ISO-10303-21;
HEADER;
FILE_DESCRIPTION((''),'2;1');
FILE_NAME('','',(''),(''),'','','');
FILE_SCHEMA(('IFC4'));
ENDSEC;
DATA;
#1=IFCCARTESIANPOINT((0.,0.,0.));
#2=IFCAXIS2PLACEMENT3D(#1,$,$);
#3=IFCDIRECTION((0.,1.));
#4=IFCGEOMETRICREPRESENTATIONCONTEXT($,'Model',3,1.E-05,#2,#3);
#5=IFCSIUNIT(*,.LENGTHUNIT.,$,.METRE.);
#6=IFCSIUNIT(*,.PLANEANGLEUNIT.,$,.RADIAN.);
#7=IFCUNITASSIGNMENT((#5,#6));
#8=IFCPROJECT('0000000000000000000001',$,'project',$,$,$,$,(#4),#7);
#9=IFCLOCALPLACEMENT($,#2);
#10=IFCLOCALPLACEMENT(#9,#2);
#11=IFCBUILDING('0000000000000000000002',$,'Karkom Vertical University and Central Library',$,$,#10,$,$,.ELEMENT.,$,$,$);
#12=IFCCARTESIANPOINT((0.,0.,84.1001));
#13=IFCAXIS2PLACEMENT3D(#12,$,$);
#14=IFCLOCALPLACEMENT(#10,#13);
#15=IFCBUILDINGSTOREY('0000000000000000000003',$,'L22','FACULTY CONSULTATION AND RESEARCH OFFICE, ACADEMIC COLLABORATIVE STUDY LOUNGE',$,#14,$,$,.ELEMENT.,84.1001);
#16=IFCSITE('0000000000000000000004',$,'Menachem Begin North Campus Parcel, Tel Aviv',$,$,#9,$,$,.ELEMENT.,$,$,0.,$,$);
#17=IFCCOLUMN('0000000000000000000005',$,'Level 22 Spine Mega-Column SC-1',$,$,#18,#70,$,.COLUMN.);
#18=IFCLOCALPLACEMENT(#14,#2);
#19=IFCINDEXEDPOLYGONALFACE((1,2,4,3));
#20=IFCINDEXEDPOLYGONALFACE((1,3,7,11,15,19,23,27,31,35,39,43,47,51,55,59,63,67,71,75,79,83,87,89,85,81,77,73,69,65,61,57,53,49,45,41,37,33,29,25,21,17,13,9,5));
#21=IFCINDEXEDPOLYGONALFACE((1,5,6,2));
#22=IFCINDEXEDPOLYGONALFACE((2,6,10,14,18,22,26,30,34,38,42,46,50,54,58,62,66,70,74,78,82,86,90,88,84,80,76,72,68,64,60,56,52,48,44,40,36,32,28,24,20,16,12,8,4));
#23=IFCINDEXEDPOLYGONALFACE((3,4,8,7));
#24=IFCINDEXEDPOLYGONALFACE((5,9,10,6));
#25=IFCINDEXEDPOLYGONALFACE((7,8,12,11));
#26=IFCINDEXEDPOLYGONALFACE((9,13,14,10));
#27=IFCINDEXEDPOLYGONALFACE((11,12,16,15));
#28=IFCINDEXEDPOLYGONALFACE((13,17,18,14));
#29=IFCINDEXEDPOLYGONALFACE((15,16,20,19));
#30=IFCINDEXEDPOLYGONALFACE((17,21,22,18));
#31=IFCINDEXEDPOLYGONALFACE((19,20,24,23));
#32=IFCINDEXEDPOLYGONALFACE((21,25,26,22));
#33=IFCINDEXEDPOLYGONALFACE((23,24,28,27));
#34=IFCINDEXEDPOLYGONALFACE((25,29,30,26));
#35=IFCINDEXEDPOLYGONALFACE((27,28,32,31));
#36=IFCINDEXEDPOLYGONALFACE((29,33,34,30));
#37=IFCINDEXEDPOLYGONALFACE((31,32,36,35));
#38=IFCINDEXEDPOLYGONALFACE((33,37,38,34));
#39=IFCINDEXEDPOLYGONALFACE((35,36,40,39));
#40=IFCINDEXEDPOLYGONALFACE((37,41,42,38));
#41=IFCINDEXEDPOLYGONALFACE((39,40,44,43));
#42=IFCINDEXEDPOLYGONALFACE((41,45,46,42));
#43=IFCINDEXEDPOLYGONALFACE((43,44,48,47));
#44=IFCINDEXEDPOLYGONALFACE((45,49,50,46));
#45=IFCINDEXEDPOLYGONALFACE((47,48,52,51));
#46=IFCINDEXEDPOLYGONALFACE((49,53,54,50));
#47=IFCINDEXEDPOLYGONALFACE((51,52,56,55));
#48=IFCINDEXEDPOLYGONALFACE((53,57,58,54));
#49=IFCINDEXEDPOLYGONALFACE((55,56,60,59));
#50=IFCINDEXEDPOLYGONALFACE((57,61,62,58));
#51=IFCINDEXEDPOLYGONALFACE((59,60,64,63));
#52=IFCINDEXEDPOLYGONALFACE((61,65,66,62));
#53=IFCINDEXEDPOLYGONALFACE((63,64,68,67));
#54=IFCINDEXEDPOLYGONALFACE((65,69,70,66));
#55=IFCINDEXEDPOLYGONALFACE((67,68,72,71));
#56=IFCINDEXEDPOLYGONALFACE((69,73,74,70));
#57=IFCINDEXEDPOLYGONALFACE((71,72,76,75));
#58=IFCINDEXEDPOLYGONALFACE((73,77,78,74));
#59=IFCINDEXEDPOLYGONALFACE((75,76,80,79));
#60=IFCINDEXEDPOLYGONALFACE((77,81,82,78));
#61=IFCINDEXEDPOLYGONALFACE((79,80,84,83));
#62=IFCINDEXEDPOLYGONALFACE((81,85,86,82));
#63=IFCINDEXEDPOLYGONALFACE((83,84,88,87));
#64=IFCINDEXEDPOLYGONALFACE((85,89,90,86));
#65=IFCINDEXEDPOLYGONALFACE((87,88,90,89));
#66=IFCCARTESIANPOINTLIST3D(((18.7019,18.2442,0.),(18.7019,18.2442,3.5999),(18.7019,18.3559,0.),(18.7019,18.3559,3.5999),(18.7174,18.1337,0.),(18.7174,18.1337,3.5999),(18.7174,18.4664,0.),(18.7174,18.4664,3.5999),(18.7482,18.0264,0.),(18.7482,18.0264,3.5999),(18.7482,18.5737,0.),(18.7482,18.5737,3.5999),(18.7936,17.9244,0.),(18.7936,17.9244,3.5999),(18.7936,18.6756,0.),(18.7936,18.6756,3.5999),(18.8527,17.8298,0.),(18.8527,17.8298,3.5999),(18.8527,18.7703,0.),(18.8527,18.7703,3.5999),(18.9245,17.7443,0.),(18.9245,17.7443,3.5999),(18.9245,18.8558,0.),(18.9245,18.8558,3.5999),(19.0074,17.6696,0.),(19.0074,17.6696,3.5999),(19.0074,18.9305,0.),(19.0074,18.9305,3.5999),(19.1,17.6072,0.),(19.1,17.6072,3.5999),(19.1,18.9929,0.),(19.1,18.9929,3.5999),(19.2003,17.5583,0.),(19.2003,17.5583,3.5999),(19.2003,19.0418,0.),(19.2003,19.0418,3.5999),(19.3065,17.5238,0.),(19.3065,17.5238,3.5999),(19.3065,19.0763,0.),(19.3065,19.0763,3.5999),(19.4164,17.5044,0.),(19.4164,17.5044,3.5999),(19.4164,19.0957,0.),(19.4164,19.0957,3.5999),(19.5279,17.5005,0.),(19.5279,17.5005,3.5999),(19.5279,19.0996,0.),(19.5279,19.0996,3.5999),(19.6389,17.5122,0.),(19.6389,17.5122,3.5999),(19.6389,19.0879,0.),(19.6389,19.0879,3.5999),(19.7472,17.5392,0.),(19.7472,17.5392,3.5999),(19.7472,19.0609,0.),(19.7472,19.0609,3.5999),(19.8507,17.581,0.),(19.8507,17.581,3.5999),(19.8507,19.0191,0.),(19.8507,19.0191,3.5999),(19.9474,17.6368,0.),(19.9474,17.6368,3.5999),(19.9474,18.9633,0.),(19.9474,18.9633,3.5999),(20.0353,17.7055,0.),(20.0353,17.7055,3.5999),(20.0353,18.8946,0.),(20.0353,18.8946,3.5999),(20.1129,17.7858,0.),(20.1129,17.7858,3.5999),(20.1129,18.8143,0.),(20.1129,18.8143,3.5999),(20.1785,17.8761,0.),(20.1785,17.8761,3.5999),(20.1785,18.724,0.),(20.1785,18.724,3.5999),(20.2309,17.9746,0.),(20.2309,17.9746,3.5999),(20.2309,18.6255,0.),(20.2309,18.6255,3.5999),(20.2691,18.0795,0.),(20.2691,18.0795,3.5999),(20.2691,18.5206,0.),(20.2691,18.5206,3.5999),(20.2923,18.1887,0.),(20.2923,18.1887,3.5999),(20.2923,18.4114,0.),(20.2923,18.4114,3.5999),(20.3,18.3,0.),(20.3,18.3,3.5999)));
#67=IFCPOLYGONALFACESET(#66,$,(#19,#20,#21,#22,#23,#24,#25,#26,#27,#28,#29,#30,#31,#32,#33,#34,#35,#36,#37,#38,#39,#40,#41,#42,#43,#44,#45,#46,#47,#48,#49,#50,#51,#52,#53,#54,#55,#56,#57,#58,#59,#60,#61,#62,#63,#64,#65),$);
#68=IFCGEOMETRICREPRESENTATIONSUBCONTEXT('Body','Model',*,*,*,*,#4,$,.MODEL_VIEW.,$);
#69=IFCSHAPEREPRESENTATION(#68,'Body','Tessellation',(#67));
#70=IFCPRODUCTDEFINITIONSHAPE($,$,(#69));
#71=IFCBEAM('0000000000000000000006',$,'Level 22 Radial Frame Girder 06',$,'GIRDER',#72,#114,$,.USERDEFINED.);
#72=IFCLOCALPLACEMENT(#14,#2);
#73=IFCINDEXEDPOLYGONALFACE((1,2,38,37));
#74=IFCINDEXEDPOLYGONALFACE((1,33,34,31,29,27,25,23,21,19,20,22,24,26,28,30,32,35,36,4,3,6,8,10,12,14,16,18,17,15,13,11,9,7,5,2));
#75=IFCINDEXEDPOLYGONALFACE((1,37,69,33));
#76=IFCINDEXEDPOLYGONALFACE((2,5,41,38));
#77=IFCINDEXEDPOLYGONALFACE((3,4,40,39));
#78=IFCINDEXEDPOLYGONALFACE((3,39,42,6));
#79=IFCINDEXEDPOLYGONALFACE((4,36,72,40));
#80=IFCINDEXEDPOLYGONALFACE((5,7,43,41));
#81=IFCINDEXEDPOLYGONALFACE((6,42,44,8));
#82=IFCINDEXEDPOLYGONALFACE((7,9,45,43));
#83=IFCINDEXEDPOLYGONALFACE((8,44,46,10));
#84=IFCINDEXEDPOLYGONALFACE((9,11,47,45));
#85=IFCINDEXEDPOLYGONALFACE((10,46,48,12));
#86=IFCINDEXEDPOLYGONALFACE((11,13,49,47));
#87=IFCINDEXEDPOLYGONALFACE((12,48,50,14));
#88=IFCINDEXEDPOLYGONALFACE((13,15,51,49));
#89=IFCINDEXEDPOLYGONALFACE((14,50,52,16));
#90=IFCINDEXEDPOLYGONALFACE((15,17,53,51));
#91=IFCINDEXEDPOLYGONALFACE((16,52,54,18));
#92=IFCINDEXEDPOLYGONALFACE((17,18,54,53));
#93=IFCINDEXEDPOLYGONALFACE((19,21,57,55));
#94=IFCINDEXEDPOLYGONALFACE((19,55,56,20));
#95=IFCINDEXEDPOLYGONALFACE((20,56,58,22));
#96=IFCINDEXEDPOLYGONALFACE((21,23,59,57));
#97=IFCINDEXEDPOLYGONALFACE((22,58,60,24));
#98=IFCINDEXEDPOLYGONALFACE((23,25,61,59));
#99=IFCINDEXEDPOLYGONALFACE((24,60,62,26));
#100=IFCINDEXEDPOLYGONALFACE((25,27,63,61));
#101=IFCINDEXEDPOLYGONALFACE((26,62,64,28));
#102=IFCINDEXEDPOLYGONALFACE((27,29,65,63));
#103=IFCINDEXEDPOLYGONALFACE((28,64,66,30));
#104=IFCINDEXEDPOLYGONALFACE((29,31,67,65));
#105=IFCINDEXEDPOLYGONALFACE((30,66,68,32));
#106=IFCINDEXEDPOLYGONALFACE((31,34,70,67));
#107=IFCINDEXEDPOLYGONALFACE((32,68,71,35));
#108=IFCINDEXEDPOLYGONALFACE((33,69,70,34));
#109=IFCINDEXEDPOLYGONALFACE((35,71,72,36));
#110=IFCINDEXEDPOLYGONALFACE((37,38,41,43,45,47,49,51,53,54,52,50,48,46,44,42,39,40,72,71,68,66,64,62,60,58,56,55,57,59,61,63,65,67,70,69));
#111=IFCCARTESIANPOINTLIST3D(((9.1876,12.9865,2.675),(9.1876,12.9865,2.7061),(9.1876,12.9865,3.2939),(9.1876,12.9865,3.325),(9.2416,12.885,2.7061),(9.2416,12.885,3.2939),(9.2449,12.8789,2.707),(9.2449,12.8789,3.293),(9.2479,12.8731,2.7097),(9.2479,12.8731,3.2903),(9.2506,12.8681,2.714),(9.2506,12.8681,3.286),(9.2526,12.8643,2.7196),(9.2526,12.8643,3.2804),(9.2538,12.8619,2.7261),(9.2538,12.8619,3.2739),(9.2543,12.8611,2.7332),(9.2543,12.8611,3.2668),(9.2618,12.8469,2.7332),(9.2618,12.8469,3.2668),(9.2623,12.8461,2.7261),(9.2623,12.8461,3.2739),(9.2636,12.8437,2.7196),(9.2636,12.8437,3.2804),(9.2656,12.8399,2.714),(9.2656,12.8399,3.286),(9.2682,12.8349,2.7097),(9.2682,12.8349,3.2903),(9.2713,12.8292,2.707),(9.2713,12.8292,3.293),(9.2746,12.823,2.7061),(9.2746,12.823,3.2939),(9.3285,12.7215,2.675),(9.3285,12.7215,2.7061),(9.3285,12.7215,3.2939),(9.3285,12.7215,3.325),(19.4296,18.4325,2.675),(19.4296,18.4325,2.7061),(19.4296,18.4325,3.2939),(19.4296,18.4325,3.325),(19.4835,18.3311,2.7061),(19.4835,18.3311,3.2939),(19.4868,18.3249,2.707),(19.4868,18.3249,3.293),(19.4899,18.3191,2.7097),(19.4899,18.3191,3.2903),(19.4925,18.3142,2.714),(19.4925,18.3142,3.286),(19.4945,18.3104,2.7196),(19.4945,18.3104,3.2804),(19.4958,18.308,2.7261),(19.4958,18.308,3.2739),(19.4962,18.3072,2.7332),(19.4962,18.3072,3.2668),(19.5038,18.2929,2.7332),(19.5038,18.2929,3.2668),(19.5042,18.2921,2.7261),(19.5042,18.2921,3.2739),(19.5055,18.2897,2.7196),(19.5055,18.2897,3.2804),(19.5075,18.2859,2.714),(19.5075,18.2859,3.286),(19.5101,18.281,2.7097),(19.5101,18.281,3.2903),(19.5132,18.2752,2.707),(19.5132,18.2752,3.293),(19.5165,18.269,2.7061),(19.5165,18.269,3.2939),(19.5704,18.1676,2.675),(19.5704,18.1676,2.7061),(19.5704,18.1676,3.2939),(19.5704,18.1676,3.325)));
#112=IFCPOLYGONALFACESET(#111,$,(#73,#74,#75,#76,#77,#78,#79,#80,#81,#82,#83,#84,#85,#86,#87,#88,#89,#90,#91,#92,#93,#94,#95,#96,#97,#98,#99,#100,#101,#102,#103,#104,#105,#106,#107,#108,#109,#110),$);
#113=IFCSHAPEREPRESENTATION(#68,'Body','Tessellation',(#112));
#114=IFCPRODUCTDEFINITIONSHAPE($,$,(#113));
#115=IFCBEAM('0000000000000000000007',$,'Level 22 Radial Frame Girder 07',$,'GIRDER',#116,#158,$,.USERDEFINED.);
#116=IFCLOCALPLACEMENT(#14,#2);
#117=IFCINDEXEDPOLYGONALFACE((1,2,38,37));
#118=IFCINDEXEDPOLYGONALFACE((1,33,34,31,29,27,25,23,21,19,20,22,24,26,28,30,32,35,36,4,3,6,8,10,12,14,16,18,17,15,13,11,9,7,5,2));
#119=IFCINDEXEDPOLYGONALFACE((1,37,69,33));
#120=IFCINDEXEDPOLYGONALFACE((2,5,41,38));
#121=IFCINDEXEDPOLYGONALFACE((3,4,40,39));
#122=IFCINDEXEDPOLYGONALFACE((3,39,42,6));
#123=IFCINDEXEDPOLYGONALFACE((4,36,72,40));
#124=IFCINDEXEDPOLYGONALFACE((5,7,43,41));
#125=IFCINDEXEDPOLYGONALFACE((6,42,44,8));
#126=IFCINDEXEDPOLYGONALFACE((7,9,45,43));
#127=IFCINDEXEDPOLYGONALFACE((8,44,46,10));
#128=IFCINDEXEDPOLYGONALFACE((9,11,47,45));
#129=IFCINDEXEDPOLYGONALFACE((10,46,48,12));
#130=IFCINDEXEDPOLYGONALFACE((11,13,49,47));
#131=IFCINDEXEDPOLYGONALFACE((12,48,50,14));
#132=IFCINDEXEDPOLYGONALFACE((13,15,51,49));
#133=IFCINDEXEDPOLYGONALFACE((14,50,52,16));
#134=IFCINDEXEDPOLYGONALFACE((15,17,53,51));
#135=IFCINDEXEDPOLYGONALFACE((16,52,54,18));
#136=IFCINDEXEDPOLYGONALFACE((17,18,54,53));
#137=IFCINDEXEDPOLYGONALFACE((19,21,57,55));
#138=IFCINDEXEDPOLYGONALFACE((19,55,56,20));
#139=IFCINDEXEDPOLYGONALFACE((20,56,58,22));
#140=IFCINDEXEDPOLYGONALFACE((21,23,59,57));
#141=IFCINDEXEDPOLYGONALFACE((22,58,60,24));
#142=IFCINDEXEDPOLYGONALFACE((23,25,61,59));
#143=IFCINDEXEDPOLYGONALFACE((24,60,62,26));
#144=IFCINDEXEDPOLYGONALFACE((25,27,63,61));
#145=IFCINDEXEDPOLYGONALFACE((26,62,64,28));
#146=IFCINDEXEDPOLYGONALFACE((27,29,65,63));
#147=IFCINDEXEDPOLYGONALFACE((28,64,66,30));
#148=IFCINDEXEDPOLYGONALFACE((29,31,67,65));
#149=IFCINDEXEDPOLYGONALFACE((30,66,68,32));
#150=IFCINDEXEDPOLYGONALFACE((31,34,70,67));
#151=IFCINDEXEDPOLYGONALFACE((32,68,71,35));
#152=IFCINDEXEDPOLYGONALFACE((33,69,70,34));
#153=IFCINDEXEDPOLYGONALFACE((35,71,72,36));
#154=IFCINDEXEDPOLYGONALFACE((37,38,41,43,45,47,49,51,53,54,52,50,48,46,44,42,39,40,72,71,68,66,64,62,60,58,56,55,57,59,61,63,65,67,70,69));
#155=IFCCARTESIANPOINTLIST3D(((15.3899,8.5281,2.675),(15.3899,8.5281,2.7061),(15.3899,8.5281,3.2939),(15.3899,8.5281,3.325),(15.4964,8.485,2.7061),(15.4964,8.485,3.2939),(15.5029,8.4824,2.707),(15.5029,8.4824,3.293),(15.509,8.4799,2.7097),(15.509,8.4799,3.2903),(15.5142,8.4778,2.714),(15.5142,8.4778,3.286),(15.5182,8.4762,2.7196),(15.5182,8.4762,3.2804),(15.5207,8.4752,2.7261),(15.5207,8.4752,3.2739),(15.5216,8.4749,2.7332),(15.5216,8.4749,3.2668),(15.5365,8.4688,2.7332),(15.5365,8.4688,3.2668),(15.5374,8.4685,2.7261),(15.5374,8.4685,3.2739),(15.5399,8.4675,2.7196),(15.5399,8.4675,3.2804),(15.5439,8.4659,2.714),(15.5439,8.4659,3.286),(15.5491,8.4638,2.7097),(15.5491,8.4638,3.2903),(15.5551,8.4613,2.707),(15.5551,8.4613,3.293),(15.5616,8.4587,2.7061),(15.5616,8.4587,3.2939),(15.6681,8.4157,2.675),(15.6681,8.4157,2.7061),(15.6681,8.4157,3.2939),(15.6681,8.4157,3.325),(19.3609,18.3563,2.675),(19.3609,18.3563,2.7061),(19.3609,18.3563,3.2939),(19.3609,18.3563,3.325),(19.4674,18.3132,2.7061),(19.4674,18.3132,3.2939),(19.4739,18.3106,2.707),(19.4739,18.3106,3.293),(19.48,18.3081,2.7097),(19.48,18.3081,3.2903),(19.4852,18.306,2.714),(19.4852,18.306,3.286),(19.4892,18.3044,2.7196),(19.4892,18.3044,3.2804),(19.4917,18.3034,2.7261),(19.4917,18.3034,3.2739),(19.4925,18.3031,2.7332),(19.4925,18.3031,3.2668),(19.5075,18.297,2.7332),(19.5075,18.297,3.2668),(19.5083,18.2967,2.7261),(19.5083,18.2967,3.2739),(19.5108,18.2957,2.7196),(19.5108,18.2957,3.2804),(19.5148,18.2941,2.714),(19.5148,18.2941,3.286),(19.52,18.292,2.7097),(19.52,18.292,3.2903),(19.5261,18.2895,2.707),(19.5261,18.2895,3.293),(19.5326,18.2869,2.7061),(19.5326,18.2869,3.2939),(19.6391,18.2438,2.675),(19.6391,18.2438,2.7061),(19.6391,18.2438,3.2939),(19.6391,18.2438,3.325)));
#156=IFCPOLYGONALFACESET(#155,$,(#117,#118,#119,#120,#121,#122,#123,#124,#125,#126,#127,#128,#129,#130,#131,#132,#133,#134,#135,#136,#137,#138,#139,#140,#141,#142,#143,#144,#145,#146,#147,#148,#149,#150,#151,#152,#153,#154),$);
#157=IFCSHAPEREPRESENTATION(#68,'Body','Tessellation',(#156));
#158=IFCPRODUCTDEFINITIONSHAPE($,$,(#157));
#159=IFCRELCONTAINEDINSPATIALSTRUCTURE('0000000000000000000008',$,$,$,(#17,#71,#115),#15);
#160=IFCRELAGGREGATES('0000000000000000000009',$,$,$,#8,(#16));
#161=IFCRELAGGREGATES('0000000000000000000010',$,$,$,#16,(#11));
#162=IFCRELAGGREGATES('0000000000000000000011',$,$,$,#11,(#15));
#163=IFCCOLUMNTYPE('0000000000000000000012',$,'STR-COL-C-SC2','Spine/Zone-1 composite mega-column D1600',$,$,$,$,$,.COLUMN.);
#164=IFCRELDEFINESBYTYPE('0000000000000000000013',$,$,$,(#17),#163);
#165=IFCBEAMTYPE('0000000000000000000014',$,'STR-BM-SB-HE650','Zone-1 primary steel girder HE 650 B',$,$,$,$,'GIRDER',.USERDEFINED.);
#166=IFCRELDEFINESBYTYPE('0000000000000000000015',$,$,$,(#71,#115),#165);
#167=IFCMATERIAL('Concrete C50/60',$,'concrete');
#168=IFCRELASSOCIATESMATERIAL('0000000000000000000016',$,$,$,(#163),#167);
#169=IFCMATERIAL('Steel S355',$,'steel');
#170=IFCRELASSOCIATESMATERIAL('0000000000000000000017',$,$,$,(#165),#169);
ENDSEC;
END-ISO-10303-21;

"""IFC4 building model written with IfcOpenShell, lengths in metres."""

from ifc_helpers import new_model, si_unit, direction, frame, origin, origin_with_axes, origin_2d, place, context, subcontext, project, spatial, circle, i_section, extrude, source, transform, mapped, material, material_profile, profile_set, type_object, element, save


model = new_model("IFC4")

# Units and contexts
model_context = context("Model", 3, precision=1e-05, world=origin(), true_north=direction((0.0, 1.0)))
body_context = subcontext(model_context, "Body", "Model", "MODEL_VIEW")
ifc_project = project(units=[si_unit("LENGTHUNIT", "METRE"), si_unit("PLANEANGLEUNIT", "RADIAN")], contexts=[model_context])

# Site, building, storey
site_placement = place(None, origin())
site = spatial("IfcSite", under=ifc_project, at=site_placement, Name="Menachem Begin North Campus Parcel, Tel Aviv", CompositionType="ELEMENT", RefElevation=0.0)
building_placement = place(site_placement, origin())
building = spatial("IfcBuilding", under=site, at=building_placement, Name="Karkom Vertical University and Central Library", CompositionType="ELEMENT")
storey_placement = place(building_placement, frame((0.0, 0.0, 84.1001)))
storey = spatial("IfcBuildingStorey", under=building, at=storey_placement, Name="L22", Description="FACULTY CONSULTATION AND RESEARCH OFFICE, ACADEMIC COLLABORATIVE STUDY LOUNGE", CompositionType="ELEMENT", Elevation=84.1001)

# Column
ifc_material_1 = material(Name="Concrete C50/60", Category="concrete")
ifc_material_profile_1 = material_profile(ifc_material_1, circle(Radius=0.8, at=origin_2d()), Name="CFT-D1600")
ifc_profile_set_1 = profile_set([ifc_material_profile_1], Name="Concrete C50/60")
column_type = type_object("IfcColumnType", Name="STR-COL-C-SC2", Description="Spine/Zone-1 composite mega-column D1600", PredefinedType="COLUMN", material=ifc_profile_set_1)
shared_shape_1 = source(origin_with_axes(), body_context, "Body", "SweptSolid", [
    extrude(circle(Radius=0.8, at=origin_2d()), origin(), (0.0, 0.0, 1.0), 3.5999),
])
column_placement = place(storey_placement, frame((19.5, 18.3, 0.0), z_axis=(0.0, 0.0, 1.0), x_axis=(1.0, 0.0, 0.0)))
element("IfcColumn", 1, at=column_placement, inside=storey, type_object=column_type, Name="Level 22 Spine Mega-Column SC-1", PredefinedType="COLUMN", context=body_context, shape_type="MappedRepresentation", body=[
    mapped(shared_shape_1, transform((0.0, 0.0, 0.0), scale=1.0)),
])

# Beams
ifc_material_2 = material(Name="Steel S355", Category="steel")
ifc_material_profile_2 = material_profile(ifc_material_2, i_section(OverallWidth=0.3, OverallDepth=0.6499, WebThickness=0.0161, FlangeThickness=0.031, FilletRadius=0.0271, at=origin_2d()), Name="HE 650 B")
ifc_profile_set_2 = profile_set([ifc_material_profile_2], Name="Steel S355")
beam_type_1 = type_object("IfcBeamType", Name="STR-BM-SB-HE650", Description="Zone-1 primary steel girder HE 650 B", ElementType="GIRDER", PredefinedType="USERDEFINED", material=ifc_profile_set_2)
shared_shape_2 = source(origin_with_axes(), body_context, "Body", "SweptSolid", [
    extrude(i_section(OverallWidth=0.3, OverallDepth=0.6499, WebThickness=0.0161, FlangeThickness=0.031, FilletRadius=0.0271, at=origin_2d()), origin(), (0.0, 0.0, 1.0), 11.5999),
])
beam_1_placement = place(storey_placement, frame((19.5, 18.3, 3.0), z_axis=(-0.882937, -0.469492, 0.0), x_axis=(0.469492, -0.882937, 0.0)))
element("IfcBeam", 2, at=beam_1_placement, inside=storey, type_object=beam_type_1, Name="Level 22 Radial Frame Girder 06", ObjectType="GIRDER", PredefinedType="USERDEFINED", context=body_context, shape_type="MappedRepresentation", body=[
    mapped(shared_shape_2, transform((0.0, 0.0, 0.0), scale=1.0)),
])
shared_shape_3 = source(origin_with_axes(), body_context, "Body", "SweptSolid", [
    extrude(i_section(OverallWidth=0.3, OverallDepth=0.6499, WebThickness=0.0161, FlangeThickness=0.031, FilletRadius=0.0271, at=origin_2d()), origin(), (0.0, 0.0, 1.0), 10.6001),
])
beam_2_placement = place(storey_placement, frame((19.5, 18.3, 3.0), z_axis=(-0.374617, -0.92718, 0.0), x_axis=(0.92718, -0.374617, 0.0)))
element("IfcBeam", 3, at=beam_2_placement, inside=storey, type_object=beam_type_1, Name="Level 22 Radial Frame Girder 07", ObjectType="GIRDER", PredefinedType="USERDEFINED", context=body_context, shape_type="MappedRepresentation", body=[
    mapped(shared_shape_3, transform((0.0, 0.0, 0.0), scale=1.0)),
])

save(model, "model.ifc")
